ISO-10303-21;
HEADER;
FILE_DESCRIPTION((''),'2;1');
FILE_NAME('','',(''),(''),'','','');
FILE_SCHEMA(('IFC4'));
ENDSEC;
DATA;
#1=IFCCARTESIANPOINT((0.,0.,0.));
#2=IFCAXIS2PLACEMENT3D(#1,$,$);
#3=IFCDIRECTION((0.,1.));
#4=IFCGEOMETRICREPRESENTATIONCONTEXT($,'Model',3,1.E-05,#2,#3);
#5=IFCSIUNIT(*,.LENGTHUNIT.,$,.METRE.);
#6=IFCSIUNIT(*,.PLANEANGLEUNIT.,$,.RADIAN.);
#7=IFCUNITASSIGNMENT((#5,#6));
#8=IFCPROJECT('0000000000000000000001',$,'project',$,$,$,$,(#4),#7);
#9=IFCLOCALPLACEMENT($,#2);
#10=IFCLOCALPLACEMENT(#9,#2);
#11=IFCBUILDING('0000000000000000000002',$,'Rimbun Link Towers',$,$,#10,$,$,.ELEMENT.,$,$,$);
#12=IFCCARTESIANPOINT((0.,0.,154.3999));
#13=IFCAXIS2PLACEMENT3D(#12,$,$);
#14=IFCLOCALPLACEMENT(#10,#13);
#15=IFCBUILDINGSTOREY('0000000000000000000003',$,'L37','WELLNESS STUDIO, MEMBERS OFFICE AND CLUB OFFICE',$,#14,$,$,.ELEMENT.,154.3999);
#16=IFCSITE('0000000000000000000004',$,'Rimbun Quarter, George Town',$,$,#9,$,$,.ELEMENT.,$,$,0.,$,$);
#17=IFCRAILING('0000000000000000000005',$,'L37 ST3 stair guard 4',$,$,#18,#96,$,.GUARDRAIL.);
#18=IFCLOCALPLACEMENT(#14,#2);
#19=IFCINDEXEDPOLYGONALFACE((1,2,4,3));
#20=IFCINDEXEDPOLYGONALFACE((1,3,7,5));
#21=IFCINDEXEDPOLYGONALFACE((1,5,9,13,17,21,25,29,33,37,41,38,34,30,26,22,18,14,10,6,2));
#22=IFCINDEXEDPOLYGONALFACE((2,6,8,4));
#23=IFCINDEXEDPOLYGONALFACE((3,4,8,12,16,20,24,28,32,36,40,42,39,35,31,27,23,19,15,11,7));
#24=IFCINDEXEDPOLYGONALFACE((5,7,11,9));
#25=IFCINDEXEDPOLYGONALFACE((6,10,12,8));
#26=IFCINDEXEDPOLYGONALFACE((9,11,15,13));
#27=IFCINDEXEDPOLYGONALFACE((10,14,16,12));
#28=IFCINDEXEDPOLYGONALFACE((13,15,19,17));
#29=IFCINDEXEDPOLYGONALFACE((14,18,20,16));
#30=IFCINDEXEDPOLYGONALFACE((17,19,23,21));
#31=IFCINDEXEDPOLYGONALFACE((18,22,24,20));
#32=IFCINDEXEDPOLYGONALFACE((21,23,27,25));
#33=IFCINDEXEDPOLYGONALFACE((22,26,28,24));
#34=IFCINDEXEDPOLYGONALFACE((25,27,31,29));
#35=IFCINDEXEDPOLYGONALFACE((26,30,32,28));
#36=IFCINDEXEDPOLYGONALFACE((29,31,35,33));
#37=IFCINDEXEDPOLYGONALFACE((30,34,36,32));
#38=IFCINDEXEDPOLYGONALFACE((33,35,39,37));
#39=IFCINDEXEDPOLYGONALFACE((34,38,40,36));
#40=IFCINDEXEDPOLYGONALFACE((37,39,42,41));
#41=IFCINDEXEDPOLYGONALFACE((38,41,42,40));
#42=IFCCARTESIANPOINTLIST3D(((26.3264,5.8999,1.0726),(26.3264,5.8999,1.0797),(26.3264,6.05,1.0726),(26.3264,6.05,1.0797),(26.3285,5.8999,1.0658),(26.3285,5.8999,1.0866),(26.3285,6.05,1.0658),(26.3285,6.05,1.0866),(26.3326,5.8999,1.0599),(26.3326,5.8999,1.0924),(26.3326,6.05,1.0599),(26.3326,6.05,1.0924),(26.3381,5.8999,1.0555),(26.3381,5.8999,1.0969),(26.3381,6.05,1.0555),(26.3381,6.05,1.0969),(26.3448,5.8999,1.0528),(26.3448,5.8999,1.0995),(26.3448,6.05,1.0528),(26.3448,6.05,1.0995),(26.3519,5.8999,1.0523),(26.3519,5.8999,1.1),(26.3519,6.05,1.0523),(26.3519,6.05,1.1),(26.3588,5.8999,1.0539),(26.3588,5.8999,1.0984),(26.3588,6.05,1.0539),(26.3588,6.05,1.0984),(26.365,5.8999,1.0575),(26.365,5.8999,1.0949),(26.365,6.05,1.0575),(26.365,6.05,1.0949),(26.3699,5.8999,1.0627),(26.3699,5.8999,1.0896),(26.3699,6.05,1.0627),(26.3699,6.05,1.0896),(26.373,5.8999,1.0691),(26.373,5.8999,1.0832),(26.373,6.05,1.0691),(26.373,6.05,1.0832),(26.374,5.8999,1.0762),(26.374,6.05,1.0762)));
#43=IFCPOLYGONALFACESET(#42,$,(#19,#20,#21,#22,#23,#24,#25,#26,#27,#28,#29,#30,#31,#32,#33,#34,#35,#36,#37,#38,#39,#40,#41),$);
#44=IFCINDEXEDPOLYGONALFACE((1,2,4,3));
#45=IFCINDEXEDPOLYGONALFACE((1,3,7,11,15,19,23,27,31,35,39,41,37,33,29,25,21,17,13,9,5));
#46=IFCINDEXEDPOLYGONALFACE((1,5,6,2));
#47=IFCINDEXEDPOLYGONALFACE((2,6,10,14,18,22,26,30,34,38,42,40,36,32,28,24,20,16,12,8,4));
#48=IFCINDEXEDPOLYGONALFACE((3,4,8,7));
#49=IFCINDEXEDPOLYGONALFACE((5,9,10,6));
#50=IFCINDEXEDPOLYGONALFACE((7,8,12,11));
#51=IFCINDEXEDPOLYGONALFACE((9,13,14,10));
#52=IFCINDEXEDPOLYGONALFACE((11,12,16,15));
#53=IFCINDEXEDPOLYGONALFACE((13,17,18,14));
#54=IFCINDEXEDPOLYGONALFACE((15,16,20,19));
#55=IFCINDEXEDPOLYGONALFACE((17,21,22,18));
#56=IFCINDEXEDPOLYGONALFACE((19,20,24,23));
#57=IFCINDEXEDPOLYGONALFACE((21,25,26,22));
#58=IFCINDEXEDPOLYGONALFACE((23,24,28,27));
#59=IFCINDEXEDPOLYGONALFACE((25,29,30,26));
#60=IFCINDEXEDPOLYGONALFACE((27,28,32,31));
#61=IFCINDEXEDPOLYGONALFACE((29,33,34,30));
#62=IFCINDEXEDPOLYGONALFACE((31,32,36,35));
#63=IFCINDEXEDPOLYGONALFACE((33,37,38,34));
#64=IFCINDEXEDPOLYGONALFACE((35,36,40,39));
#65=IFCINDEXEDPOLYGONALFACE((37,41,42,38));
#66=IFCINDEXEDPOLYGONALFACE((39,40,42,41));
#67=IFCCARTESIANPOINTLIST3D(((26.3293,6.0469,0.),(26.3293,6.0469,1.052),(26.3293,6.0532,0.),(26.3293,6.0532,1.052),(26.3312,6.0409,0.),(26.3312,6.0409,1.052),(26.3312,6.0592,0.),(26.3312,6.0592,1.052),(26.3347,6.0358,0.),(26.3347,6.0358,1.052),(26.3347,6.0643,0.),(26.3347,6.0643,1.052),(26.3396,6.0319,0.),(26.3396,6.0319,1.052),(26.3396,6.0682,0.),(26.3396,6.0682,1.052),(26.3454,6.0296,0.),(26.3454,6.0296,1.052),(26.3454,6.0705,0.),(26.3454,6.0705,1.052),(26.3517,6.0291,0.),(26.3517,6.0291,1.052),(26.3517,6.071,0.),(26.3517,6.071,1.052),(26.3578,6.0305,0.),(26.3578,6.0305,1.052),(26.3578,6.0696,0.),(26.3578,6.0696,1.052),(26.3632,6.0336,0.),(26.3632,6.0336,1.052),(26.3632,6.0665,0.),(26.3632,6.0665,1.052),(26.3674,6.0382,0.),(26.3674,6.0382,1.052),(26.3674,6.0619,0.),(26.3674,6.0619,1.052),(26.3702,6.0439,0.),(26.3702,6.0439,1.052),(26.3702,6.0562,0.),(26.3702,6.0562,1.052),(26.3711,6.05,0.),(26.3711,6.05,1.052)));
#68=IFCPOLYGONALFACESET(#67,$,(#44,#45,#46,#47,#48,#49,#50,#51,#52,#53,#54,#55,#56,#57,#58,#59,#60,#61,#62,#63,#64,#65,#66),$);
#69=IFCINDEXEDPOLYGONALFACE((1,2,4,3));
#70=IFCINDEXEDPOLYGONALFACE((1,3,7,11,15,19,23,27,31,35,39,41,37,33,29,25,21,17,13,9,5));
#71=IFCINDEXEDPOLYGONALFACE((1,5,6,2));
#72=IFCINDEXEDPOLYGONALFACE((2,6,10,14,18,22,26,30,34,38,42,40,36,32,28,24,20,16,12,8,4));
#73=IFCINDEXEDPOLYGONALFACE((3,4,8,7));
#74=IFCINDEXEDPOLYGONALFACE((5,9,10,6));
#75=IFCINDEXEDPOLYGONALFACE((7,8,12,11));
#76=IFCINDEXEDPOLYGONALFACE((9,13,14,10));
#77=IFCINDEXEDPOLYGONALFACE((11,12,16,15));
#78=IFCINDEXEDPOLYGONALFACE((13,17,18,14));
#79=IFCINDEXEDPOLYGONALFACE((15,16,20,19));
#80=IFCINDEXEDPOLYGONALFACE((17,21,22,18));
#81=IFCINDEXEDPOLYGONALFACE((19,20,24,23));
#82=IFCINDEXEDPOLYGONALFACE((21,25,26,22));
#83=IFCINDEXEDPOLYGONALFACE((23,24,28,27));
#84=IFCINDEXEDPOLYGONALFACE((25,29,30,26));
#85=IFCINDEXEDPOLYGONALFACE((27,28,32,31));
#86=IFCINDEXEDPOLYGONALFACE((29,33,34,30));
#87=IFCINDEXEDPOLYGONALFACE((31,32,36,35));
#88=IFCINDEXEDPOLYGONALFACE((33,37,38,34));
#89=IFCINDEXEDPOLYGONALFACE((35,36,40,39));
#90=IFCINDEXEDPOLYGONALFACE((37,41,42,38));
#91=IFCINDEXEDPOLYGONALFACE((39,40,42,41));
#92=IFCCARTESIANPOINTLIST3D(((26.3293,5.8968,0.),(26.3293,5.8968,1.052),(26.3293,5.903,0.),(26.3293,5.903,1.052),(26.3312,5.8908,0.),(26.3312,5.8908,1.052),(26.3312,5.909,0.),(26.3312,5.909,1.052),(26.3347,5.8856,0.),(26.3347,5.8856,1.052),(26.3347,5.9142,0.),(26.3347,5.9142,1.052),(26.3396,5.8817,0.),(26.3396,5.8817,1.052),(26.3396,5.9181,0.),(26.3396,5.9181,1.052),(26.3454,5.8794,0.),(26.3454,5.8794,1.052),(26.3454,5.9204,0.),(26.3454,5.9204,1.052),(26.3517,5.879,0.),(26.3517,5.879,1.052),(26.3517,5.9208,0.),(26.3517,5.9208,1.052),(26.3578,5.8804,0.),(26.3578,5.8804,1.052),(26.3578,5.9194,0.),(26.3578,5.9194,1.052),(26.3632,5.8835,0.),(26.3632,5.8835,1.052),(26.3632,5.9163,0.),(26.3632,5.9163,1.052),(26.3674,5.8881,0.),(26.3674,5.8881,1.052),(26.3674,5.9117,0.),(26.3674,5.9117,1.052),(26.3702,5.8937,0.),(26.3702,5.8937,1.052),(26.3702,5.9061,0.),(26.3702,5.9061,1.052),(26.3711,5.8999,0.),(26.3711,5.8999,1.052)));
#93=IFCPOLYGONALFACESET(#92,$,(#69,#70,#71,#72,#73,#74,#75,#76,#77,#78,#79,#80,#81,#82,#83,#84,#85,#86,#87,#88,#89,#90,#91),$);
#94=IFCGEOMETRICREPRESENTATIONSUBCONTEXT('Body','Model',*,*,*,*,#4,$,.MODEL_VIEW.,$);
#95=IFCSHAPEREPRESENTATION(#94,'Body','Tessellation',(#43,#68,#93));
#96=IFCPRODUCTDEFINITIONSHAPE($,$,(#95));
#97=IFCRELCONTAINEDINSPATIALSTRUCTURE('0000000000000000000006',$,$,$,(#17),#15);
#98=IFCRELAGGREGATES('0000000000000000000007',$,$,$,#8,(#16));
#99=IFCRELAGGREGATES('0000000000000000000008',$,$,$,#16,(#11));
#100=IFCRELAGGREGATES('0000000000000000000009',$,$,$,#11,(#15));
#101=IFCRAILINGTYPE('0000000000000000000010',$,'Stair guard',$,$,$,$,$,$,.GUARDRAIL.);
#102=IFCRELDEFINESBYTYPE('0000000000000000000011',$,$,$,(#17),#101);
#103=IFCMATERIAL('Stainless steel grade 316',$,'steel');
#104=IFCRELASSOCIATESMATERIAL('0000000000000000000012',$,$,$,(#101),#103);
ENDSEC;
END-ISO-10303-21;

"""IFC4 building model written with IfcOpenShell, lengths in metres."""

from ifc_helpers import new_model, si_unit, direction, frame, origin, origin_2d, place, context, subcontext, project, spatial, circle, extrude, material, type_object, element, save


model = new_model("IFC4")

# Units and contexts
model_context = context("Model", 3, precision=1e-05, world=origin(), true_north=direction((0.0, 1.0)))
body_context = subcontext(model_context, "Body", "Model", "MODEL_VIEW")
ifc_project = project(units=[si_unit("LENGTHUNIT", "METRE"), si_unit("PLANEANGLEUNIT", "RADIAN")], contexts=[model_context])

# Site, building, storey
site_placement = place(None, origin())
site = spatial("IfcSite", under=ifc_project, at=site_placement, Name="Rimbun Quarter, George Town", CompositionType="ELEMENT", RefElevation=0.0)
building_placement = place(site_placement, origin())
building = spatial("IfcBuilding", under=site, at=building_placement, Name="Rimbun Link Towers", CompositionType="ELEMENT")
storey_placement = place(building_placement, frame((0.0, 0.0, 154.3999)))
storey = spatial("IfcBuildingStorey", under=building, at=storey_placement, Name="L37", Description="WELLNESS STUDIO, MEMBERS OFFICE AND CLUB OFFICE", CompositionType="ELEMENT", Elevation=154.3999)

# Railing
ifc_material_1 = material(Name="Stainless steel grade 316", Category="steel")
railing_type_1 = type_object("IfcRailingType", Name="Stair guard", PredefinedType="GUARDRAIL", material=ifc_material_1)
railing_1_placement = place(storey_placement, frame((26.3501, 6.05, 0.0)))
element("IfcRailing", 1, at=railing_1_placement, inside=storey, type_object=railing_type_1, Name="L37 ST3 stair guard 4", PredefinedType="GUARDRAIL", context=body_context, shape_type="SweptSolid", body=[
    extrude(circle(Radius=0.0239, at=origin_2d()), frame((0.0, 0.0, 1.0762), z_axis=(0.0, -1.0, 0.0), x_axis=(1.0, 0.0, 0.0)), (0.0, 0.0, 1.0), 0.1501),
    extrude(circle(Radius=0.021, at=origin_2d()), origin(), (0.0, 0.0, 1.0), 1.052),
    extrude(circle(Radius=0.021, at=origin_2d()), frame((0.0, -0.1501, 0.0)), (0.0, 0.0, 1.0), 1.052),
])

save(model, "model.ifc")
